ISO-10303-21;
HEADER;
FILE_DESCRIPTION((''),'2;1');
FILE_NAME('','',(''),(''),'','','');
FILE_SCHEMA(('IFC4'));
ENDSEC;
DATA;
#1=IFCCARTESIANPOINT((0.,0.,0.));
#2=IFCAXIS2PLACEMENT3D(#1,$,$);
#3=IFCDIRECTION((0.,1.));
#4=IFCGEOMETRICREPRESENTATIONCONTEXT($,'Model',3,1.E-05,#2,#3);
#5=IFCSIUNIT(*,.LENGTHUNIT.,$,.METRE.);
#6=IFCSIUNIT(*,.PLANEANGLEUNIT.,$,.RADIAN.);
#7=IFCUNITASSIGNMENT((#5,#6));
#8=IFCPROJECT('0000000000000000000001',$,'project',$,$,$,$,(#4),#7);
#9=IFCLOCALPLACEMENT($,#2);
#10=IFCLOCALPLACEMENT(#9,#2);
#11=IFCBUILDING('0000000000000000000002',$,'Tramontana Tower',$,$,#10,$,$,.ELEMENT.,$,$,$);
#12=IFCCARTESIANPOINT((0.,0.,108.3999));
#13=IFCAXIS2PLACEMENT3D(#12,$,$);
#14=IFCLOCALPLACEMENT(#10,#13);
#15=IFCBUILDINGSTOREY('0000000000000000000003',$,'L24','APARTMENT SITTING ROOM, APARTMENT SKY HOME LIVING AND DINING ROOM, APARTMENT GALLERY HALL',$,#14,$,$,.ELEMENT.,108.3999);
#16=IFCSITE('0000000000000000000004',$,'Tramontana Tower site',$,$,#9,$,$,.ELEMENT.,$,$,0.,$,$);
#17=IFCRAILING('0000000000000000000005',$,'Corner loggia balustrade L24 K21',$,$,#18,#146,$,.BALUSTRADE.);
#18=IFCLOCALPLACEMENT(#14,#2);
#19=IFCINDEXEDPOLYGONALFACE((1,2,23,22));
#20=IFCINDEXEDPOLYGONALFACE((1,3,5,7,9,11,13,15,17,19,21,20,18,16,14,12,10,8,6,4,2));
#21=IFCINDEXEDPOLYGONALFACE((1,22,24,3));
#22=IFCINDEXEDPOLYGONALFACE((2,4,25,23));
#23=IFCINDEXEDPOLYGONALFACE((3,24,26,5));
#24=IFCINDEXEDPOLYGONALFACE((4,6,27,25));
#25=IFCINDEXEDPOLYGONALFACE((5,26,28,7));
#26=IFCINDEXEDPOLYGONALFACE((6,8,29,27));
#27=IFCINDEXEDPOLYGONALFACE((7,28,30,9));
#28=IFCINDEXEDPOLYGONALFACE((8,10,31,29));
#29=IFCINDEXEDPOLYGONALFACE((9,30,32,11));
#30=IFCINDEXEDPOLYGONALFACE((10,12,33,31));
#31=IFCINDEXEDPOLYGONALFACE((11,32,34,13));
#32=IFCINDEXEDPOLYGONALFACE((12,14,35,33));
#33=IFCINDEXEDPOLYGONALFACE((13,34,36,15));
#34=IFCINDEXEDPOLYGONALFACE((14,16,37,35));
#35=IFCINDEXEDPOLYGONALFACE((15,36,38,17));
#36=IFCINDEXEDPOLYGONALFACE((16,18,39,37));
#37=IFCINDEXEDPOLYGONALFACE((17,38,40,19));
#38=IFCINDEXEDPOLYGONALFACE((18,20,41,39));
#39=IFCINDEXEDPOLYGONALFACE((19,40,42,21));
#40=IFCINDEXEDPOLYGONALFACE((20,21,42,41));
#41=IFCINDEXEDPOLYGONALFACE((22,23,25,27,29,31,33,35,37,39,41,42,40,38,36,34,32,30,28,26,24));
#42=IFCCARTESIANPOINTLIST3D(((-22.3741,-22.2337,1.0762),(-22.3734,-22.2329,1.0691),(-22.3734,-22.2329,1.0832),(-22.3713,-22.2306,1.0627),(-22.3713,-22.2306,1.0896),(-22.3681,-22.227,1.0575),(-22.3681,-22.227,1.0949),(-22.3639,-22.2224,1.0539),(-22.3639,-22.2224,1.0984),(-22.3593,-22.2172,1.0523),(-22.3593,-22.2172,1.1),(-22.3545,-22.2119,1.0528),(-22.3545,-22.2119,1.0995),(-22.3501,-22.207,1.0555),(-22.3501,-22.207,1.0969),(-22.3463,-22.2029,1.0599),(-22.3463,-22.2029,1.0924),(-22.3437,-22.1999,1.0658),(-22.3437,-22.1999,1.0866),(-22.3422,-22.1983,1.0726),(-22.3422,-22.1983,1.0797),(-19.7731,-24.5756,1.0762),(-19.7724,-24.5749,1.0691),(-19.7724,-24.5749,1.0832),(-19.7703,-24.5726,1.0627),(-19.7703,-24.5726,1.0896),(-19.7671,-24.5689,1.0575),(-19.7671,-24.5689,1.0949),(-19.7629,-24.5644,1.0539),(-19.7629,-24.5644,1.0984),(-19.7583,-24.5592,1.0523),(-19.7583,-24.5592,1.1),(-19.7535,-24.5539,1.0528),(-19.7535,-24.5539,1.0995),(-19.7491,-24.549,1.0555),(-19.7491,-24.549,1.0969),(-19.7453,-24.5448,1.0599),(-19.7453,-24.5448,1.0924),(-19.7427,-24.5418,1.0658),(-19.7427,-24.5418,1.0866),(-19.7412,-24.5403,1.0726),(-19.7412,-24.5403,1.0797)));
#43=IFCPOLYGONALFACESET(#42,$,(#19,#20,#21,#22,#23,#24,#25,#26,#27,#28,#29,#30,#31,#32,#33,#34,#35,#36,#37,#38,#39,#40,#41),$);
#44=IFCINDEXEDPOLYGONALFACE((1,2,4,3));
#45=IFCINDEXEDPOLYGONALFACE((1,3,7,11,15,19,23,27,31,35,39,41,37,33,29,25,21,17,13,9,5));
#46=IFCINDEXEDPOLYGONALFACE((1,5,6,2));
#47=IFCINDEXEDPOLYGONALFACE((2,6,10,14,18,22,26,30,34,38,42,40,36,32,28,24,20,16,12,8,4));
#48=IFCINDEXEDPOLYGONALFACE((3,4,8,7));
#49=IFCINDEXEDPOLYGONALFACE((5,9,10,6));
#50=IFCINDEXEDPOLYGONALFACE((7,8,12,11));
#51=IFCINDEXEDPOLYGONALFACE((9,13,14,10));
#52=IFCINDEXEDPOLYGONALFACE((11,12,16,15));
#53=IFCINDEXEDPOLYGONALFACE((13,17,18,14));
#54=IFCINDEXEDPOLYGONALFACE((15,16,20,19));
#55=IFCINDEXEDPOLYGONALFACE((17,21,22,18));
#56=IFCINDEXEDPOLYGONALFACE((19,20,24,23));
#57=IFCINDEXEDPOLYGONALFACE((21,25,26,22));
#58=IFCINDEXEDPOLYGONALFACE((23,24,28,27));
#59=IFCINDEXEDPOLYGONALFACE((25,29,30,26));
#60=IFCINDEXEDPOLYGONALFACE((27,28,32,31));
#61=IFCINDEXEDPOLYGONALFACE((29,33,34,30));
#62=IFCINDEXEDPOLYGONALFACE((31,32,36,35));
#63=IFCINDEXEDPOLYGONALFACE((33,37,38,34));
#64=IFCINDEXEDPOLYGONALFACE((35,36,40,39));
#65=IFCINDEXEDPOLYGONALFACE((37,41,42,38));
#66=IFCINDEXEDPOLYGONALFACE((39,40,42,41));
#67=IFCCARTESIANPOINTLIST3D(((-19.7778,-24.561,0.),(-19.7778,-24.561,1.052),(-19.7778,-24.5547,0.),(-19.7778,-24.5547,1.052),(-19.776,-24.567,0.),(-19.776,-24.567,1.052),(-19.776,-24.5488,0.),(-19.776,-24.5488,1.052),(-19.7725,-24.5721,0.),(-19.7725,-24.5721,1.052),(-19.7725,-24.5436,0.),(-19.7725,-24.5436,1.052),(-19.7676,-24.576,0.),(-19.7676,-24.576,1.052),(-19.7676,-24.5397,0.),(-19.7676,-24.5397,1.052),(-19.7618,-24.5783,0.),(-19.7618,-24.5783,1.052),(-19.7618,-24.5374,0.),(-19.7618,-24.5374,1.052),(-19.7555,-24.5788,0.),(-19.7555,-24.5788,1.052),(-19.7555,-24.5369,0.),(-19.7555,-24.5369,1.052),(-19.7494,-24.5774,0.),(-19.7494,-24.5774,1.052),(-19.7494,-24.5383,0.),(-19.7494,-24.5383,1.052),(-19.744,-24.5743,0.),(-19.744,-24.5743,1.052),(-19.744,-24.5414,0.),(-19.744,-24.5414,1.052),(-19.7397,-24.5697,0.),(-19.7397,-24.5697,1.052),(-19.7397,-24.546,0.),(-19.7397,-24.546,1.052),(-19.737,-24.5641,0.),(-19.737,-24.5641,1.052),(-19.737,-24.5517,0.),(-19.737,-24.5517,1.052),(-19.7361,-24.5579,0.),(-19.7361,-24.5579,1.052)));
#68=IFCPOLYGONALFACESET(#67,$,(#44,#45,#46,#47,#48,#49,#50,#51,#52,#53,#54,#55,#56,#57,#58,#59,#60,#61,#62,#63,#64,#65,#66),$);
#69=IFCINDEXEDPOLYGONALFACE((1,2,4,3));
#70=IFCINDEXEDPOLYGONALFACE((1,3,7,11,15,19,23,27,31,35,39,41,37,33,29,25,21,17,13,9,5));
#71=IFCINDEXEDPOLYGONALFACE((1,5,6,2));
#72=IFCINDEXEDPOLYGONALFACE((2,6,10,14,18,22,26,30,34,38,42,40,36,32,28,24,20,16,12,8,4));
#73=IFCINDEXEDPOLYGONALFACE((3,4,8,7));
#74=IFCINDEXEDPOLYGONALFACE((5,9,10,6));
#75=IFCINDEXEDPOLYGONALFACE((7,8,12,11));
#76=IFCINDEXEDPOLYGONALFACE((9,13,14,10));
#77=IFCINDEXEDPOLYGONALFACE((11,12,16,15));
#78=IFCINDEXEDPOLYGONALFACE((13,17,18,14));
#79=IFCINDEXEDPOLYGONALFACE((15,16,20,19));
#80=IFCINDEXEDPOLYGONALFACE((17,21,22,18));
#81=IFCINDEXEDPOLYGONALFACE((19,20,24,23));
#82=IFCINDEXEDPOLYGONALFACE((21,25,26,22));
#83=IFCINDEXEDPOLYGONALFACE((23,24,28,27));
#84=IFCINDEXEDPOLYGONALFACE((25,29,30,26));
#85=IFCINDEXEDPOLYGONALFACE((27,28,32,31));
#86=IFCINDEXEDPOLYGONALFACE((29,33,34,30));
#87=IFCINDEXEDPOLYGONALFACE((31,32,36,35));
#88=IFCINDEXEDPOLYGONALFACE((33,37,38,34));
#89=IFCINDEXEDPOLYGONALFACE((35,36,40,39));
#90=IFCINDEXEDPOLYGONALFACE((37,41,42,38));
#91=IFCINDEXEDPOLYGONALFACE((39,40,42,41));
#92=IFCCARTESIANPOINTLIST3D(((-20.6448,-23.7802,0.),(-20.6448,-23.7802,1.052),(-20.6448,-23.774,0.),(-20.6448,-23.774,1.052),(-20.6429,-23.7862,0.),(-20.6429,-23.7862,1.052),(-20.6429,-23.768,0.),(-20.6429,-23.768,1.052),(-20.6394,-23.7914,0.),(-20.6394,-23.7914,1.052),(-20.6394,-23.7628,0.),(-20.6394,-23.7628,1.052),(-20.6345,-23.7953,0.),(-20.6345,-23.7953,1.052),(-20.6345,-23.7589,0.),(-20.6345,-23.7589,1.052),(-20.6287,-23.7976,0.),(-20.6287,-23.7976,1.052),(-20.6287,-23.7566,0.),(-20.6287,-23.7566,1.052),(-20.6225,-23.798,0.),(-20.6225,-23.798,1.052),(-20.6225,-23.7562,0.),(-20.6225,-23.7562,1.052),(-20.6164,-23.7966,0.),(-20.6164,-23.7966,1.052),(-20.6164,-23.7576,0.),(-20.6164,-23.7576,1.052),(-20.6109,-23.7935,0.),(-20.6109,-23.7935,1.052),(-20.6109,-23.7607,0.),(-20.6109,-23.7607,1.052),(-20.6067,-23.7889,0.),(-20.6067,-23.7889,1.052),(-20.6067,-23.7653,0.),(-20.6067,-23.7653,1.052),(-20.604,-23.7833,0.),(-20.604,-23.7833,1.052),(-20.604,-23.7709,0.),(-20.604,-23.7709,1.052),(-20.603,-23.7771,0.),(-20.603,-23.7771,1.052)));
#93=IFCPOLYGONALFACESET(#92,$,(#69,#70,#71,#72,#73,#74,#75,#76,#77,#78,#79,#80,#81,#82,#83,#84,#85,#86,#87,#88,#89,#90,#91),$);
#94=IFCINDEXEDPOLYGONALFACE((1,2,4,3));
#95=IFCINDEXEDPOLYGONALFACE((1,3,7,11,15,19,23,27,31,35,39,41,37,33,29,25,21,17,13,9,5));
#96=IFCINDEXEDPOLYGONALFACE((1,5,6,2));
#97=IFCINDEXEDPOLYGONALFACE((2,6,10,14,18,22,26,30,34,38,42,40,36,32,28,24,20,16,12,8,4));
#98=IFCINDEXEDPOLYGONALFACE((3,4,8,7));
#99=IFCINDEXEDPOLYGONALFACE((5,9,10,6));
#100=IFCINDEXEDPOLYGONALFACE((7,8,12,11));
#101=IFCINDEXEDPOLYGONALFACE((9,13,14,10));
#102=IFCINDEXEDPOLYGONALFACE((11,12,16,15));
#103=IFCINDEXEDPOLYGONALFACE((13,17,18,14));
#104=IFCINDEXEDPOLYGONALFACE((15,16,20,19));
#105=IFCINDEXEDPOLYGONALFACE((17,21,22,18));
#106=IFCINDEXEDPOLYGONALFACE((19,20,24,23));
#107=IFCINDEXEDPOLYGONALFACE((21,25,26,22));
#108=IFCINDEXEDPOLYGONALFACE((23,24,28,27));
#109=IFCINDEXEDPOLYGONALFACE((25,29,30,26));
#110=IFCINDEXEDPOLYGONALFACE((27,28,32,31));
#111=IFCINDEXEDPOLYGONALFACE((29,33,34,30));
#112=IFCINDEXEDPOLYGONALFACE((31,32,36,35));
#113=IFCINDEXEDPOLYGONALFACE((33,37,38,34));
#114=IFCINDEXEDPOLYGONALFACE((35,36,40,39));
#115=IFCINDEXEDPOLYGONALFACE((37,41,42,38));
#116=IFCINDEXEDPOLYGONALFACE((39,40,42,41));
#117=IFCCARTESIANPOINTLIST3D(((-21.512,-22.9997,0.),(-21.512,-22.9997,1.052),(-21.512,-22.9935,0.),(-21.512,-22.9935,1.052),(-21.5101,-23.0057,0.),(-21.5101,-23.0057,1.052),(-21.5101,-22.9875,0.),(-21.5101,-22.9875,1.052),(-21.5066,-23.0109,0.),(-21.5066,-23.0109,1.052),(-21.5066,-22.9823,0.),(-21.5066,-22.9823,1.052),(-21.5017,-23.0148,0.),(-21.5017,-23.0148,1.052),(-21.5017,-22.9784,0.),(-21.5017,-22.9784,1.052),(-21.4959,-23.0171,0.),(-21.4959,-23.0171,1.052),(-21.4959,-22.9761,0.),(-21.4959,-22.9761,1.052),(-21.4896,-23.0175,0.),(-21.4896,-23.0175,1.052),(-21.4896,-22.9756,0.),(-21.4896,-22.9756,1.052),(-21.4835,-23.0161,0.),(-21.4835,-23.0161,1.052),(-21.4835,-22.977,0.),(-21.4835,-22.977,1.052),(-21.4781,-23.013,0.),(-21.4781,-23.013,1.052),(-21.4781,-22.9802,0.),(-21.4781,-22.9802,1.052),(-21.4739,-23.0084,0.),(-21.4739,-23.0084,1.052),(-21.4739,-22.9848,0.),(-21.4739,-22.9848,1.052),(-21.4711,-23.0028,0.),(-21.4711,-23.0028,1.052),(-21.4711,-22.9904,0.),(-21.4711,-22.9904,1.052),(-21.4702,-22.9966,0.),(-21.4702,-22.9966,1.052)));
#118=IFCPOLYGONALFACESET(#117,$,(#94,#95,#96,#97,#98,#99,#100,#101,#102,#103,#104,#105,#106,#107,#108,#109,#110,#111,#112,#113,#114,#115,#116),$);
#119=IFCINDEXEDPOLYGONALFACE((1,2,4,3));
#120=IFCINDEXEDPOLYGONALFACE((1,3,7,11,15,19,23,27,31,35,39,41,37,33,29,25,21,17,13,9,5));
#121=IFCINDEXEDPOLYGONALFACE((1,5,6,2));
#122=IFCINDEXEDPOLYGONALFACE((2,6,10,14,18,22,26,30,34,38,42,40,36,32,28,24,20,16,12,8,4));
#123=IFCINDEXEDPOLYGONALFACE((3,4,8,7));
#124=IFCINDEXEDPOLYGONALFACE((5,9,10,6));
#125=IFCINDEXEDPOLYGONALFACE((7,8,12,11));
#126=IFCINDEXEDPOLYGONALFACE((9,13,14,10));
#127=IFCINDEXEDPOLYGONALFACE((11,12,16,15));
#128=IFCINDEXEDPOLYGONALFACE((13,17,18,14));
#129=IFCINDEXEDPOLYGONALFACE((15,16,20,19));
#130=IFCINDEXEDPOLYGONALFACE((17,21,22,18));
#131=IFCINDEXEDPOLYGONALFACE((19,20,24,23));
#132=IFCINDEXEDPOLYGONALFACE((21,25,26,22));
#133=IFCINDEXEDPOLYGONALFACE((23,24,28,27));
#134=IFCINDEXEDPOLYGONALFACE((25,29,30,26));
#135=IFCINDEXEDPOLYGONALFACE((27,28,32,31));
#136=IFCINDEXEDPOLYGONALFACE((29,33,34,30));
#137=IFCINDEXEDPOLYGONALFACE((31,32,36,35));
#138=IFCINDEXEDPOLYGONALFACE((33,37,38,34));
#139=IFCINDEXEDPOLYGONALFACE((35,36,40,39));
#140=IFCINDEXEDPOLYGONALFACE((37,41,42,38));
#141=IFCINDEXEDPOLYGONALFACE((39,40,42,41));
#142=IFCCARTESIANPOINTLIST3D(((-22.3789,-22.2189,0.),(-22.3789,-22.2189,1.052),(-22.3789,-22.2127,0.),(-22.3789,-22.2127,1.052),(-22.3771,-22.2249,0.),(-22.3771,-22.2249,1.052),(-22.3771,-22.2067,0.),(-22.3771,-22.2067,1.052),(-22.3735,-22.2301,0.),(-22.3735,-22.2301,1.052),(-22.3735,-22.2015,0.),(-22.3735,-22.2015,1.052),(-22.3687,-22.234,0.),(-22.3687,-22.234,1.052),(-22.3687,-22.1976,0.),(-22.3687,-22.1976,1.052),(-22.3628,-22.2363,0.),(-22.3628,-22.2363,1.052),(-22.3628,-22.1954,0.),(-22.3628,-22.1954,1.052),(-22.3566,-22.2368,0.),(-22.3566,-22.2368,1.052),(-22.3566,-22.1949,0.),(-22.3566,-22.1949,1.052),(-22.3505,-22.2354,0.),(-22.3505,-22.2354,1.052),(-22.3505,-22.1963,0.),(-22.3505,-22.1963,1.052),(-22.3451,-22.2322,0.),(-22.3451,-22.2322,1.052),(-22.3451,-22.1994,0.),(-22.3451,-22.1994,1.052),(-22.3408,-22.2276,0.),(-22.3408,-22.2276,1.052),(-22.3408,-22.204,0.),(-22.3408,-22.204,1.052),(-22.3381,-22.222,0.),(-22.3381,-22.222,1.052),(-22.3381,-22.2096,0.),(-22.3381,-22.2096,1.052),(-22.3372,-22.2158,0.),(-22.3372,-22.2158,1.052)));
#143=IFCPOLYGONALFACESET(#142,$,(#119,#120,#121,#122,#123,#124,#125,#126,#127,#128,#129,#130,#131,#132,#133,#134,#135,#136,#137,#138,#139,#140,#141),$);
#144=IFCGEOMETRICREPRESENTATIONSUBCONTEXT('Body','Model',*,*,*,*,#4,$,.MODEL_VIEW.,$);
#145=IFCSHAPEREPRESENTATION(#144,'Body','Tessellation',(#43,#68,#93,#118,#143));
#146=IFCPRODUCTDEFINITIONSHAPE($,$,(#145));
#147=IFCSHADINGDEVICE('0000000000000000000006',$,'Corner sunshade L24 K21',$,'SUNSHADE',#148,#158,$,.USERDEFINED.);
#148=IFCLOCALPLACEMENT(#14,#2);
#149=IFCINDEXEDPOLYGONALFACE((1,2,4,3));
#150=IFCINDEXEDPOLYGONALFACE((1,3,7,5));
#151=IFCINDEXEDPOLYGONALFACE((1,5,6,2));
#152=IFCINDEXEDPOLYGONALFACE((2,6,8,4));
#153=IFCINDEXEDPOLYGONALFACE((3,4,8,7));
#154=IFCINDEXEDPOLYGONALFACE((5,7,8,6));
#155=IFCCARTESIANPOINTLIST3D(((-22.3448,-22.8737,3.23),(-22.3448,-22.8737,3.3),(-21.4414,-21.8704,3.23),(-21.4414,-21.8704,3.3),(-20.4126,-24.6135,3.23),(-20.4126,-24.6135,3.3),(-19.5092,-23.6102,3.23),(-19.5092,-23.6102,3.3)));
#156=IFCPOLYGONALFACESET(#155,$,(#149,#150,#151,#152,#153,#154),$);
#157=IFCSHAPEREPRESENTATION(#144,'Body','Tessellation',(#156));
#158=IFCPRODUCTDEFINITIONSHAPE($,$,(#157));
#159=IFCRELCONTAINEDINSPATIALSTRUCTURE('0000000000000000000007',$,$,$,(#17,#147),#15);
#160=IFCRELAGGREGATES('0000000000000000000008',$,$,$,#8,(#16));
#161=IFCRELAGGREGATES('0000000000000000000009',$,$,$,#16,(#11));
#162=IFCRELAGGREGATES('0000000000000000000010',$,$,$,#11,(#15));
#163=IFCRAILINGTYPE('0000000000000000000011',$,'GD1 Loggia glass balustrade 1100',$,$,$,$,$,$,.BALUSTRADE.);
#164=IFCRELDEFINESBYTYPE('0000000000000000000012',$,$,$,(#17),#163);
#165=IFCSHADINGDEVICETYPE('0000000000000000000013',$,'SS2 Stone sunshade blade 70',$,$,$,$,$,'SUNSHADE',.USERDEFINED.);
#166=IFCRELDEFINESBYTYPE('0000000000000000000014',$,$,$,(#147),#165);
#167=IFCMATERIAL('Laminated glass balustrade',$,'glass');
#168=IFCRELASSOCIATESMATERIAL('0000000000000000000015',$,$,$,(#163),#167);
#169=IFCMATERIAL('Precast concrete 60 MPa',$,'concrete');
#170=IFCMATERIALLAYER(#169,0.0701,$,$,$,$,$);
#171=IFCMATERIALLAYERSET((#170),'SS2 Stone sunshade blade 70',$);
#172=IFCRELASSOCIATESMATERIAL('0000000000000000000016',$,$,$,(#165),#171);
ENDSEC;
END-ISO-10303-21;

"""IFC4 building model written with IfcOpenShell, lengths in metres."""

from ifc_helpers import new_model, si_unit, direction, frame, origin, origin_2d, place, context, subcontext, project, spatial, rectangle, circle, extrude, material, layer, layer_set, type_object, element, save


model = new_model("IFC4")

# Units and contexts
model_context = context("Model", 3, precision=1e-05, world=origin(), true_north=direction((0.0, 1.0)))
body_context = subcontext(model_context, "Body", "Model", "MODEL_VIEW")
ifc_project = project(units=[si_unit("LENGTHUNIT", "METRE"), si_unit("PLANEANGLEUNIT", "RADIAN")], contexts=[model_context])

# Site, building, storey
site_placement = place(None, origin())
site = spatial("IfcSite", under=ifc_project, at=site_placement, Name="Tramontana Tower site", CompositionType="ELEMENT", RefElevation=0.0)
building_placement = place(site_placement, origin())
building = spatial("IfcBuilding", under=site, at=building_placement, Name="Tramontana Tower", CompositionType="ELEMENT")
storey_placement = place(building_placement, frame((0.0, 0.0, 108.3999)))
storey = spatial("IfcBuildingStorey", under=building, at=storey_placement, Name="L24", Description="APARTMENT SITTING ROOM, APARTMENT SKY HOME LIVING AND DINING ROOM, APARTMENT GALLERY HALL", CompositionType="ELEMENT", Elevation=108.3999)

# Railing
ifc_material_1 = material(Name="Laminated glass balustrade", Category="glass")
railing_type = type_object("IfcRailingType", Name="GD1 Loggia glass balustrade 1100", PredefinedType="BALUSTRADE", material=ifc_material_1)
railing_1_placement = place(storey_placement, frame((-19.7571, -24.5579, 0.0)))
element("IfcRailing", 1, at=railing_1_placement, inside=storey, type_object=railing_type, Name="Corner loggia balustrade L24 K21", PredefinedType="BALUSTRADE", context=body_context, shape_type="SweptSolid", body=[
    extrude(circle(Radius=0.0239, at=origin_2d()), frame((0.0, 0.0, 1.0762), z_axis=(-0.743142, 0.669134, 0.0), x_axis=(-0.669134, -0.743142, 0.0)), (0.0, 0.0, 1.0), 3.5),
    extrude(circle(Radius=0.021, at=origin_2d()), origin(), (0.0, 0.0, 1.0), 1.052),
    extrude(circle(Radius=0.021, at=origin_2d()), frame((-0.8669, 0.7808, 0.0)), (0.0, 0.0, 1.0), 1.052),
    extrude(circle(Radius=0.021, at=origin_2d()), frame((-1.7341, 1.5613, 0.0)), (0.0, 0.0, 1.0), 1.052),
    extrude(circle(Radius=0.021, at=origin_2d()), frame((-2.6011, 2.342, 0.0)), (0.0, 0.0, 1.0), 1.052),
])

# Shading device
ifc_material_2 = material(Name="Precast concrete 60 MPa", Category="concrete")
ifc_layer_1 = layer(ifc_material_2, 0.0701)
ifc_layer_set_1 = layer_set([ifc_layer_1], Name="SS2 Stone sunshade blade 70")
shading_device_type = type_object("IfcShadingDeviceType", Name="SS2 Stone sunshade blade 70", ElementType="SUNSHADE", PredefinedType="USERDEFINED", material=ifc_layer_set_1)
shading_device_placement = place(storey_placement, frame((-20.927, -23.2419, 3.23), z_axis=(0.0, 0.0, 1.0), x_axis=(-0.743145, 0.669131, 0.0)))
element("IfcShadingDevice", 2, at=shading_device_placement, inside=storey, type_object=shading_device_type, Name="Corner sunshade L24 K21", ObjectType="SUNSHADE", PredefinedType="USERDEFINED", context=body_context, shape_type="SweptSolid", body=[
    extrude(rectangle(XDim=2.6001, YDim=1.3501, at=origin_2d()), origin(), (0.0, 0.0, 1.0), 0.0701),
])

save(model, "model.ifc")
